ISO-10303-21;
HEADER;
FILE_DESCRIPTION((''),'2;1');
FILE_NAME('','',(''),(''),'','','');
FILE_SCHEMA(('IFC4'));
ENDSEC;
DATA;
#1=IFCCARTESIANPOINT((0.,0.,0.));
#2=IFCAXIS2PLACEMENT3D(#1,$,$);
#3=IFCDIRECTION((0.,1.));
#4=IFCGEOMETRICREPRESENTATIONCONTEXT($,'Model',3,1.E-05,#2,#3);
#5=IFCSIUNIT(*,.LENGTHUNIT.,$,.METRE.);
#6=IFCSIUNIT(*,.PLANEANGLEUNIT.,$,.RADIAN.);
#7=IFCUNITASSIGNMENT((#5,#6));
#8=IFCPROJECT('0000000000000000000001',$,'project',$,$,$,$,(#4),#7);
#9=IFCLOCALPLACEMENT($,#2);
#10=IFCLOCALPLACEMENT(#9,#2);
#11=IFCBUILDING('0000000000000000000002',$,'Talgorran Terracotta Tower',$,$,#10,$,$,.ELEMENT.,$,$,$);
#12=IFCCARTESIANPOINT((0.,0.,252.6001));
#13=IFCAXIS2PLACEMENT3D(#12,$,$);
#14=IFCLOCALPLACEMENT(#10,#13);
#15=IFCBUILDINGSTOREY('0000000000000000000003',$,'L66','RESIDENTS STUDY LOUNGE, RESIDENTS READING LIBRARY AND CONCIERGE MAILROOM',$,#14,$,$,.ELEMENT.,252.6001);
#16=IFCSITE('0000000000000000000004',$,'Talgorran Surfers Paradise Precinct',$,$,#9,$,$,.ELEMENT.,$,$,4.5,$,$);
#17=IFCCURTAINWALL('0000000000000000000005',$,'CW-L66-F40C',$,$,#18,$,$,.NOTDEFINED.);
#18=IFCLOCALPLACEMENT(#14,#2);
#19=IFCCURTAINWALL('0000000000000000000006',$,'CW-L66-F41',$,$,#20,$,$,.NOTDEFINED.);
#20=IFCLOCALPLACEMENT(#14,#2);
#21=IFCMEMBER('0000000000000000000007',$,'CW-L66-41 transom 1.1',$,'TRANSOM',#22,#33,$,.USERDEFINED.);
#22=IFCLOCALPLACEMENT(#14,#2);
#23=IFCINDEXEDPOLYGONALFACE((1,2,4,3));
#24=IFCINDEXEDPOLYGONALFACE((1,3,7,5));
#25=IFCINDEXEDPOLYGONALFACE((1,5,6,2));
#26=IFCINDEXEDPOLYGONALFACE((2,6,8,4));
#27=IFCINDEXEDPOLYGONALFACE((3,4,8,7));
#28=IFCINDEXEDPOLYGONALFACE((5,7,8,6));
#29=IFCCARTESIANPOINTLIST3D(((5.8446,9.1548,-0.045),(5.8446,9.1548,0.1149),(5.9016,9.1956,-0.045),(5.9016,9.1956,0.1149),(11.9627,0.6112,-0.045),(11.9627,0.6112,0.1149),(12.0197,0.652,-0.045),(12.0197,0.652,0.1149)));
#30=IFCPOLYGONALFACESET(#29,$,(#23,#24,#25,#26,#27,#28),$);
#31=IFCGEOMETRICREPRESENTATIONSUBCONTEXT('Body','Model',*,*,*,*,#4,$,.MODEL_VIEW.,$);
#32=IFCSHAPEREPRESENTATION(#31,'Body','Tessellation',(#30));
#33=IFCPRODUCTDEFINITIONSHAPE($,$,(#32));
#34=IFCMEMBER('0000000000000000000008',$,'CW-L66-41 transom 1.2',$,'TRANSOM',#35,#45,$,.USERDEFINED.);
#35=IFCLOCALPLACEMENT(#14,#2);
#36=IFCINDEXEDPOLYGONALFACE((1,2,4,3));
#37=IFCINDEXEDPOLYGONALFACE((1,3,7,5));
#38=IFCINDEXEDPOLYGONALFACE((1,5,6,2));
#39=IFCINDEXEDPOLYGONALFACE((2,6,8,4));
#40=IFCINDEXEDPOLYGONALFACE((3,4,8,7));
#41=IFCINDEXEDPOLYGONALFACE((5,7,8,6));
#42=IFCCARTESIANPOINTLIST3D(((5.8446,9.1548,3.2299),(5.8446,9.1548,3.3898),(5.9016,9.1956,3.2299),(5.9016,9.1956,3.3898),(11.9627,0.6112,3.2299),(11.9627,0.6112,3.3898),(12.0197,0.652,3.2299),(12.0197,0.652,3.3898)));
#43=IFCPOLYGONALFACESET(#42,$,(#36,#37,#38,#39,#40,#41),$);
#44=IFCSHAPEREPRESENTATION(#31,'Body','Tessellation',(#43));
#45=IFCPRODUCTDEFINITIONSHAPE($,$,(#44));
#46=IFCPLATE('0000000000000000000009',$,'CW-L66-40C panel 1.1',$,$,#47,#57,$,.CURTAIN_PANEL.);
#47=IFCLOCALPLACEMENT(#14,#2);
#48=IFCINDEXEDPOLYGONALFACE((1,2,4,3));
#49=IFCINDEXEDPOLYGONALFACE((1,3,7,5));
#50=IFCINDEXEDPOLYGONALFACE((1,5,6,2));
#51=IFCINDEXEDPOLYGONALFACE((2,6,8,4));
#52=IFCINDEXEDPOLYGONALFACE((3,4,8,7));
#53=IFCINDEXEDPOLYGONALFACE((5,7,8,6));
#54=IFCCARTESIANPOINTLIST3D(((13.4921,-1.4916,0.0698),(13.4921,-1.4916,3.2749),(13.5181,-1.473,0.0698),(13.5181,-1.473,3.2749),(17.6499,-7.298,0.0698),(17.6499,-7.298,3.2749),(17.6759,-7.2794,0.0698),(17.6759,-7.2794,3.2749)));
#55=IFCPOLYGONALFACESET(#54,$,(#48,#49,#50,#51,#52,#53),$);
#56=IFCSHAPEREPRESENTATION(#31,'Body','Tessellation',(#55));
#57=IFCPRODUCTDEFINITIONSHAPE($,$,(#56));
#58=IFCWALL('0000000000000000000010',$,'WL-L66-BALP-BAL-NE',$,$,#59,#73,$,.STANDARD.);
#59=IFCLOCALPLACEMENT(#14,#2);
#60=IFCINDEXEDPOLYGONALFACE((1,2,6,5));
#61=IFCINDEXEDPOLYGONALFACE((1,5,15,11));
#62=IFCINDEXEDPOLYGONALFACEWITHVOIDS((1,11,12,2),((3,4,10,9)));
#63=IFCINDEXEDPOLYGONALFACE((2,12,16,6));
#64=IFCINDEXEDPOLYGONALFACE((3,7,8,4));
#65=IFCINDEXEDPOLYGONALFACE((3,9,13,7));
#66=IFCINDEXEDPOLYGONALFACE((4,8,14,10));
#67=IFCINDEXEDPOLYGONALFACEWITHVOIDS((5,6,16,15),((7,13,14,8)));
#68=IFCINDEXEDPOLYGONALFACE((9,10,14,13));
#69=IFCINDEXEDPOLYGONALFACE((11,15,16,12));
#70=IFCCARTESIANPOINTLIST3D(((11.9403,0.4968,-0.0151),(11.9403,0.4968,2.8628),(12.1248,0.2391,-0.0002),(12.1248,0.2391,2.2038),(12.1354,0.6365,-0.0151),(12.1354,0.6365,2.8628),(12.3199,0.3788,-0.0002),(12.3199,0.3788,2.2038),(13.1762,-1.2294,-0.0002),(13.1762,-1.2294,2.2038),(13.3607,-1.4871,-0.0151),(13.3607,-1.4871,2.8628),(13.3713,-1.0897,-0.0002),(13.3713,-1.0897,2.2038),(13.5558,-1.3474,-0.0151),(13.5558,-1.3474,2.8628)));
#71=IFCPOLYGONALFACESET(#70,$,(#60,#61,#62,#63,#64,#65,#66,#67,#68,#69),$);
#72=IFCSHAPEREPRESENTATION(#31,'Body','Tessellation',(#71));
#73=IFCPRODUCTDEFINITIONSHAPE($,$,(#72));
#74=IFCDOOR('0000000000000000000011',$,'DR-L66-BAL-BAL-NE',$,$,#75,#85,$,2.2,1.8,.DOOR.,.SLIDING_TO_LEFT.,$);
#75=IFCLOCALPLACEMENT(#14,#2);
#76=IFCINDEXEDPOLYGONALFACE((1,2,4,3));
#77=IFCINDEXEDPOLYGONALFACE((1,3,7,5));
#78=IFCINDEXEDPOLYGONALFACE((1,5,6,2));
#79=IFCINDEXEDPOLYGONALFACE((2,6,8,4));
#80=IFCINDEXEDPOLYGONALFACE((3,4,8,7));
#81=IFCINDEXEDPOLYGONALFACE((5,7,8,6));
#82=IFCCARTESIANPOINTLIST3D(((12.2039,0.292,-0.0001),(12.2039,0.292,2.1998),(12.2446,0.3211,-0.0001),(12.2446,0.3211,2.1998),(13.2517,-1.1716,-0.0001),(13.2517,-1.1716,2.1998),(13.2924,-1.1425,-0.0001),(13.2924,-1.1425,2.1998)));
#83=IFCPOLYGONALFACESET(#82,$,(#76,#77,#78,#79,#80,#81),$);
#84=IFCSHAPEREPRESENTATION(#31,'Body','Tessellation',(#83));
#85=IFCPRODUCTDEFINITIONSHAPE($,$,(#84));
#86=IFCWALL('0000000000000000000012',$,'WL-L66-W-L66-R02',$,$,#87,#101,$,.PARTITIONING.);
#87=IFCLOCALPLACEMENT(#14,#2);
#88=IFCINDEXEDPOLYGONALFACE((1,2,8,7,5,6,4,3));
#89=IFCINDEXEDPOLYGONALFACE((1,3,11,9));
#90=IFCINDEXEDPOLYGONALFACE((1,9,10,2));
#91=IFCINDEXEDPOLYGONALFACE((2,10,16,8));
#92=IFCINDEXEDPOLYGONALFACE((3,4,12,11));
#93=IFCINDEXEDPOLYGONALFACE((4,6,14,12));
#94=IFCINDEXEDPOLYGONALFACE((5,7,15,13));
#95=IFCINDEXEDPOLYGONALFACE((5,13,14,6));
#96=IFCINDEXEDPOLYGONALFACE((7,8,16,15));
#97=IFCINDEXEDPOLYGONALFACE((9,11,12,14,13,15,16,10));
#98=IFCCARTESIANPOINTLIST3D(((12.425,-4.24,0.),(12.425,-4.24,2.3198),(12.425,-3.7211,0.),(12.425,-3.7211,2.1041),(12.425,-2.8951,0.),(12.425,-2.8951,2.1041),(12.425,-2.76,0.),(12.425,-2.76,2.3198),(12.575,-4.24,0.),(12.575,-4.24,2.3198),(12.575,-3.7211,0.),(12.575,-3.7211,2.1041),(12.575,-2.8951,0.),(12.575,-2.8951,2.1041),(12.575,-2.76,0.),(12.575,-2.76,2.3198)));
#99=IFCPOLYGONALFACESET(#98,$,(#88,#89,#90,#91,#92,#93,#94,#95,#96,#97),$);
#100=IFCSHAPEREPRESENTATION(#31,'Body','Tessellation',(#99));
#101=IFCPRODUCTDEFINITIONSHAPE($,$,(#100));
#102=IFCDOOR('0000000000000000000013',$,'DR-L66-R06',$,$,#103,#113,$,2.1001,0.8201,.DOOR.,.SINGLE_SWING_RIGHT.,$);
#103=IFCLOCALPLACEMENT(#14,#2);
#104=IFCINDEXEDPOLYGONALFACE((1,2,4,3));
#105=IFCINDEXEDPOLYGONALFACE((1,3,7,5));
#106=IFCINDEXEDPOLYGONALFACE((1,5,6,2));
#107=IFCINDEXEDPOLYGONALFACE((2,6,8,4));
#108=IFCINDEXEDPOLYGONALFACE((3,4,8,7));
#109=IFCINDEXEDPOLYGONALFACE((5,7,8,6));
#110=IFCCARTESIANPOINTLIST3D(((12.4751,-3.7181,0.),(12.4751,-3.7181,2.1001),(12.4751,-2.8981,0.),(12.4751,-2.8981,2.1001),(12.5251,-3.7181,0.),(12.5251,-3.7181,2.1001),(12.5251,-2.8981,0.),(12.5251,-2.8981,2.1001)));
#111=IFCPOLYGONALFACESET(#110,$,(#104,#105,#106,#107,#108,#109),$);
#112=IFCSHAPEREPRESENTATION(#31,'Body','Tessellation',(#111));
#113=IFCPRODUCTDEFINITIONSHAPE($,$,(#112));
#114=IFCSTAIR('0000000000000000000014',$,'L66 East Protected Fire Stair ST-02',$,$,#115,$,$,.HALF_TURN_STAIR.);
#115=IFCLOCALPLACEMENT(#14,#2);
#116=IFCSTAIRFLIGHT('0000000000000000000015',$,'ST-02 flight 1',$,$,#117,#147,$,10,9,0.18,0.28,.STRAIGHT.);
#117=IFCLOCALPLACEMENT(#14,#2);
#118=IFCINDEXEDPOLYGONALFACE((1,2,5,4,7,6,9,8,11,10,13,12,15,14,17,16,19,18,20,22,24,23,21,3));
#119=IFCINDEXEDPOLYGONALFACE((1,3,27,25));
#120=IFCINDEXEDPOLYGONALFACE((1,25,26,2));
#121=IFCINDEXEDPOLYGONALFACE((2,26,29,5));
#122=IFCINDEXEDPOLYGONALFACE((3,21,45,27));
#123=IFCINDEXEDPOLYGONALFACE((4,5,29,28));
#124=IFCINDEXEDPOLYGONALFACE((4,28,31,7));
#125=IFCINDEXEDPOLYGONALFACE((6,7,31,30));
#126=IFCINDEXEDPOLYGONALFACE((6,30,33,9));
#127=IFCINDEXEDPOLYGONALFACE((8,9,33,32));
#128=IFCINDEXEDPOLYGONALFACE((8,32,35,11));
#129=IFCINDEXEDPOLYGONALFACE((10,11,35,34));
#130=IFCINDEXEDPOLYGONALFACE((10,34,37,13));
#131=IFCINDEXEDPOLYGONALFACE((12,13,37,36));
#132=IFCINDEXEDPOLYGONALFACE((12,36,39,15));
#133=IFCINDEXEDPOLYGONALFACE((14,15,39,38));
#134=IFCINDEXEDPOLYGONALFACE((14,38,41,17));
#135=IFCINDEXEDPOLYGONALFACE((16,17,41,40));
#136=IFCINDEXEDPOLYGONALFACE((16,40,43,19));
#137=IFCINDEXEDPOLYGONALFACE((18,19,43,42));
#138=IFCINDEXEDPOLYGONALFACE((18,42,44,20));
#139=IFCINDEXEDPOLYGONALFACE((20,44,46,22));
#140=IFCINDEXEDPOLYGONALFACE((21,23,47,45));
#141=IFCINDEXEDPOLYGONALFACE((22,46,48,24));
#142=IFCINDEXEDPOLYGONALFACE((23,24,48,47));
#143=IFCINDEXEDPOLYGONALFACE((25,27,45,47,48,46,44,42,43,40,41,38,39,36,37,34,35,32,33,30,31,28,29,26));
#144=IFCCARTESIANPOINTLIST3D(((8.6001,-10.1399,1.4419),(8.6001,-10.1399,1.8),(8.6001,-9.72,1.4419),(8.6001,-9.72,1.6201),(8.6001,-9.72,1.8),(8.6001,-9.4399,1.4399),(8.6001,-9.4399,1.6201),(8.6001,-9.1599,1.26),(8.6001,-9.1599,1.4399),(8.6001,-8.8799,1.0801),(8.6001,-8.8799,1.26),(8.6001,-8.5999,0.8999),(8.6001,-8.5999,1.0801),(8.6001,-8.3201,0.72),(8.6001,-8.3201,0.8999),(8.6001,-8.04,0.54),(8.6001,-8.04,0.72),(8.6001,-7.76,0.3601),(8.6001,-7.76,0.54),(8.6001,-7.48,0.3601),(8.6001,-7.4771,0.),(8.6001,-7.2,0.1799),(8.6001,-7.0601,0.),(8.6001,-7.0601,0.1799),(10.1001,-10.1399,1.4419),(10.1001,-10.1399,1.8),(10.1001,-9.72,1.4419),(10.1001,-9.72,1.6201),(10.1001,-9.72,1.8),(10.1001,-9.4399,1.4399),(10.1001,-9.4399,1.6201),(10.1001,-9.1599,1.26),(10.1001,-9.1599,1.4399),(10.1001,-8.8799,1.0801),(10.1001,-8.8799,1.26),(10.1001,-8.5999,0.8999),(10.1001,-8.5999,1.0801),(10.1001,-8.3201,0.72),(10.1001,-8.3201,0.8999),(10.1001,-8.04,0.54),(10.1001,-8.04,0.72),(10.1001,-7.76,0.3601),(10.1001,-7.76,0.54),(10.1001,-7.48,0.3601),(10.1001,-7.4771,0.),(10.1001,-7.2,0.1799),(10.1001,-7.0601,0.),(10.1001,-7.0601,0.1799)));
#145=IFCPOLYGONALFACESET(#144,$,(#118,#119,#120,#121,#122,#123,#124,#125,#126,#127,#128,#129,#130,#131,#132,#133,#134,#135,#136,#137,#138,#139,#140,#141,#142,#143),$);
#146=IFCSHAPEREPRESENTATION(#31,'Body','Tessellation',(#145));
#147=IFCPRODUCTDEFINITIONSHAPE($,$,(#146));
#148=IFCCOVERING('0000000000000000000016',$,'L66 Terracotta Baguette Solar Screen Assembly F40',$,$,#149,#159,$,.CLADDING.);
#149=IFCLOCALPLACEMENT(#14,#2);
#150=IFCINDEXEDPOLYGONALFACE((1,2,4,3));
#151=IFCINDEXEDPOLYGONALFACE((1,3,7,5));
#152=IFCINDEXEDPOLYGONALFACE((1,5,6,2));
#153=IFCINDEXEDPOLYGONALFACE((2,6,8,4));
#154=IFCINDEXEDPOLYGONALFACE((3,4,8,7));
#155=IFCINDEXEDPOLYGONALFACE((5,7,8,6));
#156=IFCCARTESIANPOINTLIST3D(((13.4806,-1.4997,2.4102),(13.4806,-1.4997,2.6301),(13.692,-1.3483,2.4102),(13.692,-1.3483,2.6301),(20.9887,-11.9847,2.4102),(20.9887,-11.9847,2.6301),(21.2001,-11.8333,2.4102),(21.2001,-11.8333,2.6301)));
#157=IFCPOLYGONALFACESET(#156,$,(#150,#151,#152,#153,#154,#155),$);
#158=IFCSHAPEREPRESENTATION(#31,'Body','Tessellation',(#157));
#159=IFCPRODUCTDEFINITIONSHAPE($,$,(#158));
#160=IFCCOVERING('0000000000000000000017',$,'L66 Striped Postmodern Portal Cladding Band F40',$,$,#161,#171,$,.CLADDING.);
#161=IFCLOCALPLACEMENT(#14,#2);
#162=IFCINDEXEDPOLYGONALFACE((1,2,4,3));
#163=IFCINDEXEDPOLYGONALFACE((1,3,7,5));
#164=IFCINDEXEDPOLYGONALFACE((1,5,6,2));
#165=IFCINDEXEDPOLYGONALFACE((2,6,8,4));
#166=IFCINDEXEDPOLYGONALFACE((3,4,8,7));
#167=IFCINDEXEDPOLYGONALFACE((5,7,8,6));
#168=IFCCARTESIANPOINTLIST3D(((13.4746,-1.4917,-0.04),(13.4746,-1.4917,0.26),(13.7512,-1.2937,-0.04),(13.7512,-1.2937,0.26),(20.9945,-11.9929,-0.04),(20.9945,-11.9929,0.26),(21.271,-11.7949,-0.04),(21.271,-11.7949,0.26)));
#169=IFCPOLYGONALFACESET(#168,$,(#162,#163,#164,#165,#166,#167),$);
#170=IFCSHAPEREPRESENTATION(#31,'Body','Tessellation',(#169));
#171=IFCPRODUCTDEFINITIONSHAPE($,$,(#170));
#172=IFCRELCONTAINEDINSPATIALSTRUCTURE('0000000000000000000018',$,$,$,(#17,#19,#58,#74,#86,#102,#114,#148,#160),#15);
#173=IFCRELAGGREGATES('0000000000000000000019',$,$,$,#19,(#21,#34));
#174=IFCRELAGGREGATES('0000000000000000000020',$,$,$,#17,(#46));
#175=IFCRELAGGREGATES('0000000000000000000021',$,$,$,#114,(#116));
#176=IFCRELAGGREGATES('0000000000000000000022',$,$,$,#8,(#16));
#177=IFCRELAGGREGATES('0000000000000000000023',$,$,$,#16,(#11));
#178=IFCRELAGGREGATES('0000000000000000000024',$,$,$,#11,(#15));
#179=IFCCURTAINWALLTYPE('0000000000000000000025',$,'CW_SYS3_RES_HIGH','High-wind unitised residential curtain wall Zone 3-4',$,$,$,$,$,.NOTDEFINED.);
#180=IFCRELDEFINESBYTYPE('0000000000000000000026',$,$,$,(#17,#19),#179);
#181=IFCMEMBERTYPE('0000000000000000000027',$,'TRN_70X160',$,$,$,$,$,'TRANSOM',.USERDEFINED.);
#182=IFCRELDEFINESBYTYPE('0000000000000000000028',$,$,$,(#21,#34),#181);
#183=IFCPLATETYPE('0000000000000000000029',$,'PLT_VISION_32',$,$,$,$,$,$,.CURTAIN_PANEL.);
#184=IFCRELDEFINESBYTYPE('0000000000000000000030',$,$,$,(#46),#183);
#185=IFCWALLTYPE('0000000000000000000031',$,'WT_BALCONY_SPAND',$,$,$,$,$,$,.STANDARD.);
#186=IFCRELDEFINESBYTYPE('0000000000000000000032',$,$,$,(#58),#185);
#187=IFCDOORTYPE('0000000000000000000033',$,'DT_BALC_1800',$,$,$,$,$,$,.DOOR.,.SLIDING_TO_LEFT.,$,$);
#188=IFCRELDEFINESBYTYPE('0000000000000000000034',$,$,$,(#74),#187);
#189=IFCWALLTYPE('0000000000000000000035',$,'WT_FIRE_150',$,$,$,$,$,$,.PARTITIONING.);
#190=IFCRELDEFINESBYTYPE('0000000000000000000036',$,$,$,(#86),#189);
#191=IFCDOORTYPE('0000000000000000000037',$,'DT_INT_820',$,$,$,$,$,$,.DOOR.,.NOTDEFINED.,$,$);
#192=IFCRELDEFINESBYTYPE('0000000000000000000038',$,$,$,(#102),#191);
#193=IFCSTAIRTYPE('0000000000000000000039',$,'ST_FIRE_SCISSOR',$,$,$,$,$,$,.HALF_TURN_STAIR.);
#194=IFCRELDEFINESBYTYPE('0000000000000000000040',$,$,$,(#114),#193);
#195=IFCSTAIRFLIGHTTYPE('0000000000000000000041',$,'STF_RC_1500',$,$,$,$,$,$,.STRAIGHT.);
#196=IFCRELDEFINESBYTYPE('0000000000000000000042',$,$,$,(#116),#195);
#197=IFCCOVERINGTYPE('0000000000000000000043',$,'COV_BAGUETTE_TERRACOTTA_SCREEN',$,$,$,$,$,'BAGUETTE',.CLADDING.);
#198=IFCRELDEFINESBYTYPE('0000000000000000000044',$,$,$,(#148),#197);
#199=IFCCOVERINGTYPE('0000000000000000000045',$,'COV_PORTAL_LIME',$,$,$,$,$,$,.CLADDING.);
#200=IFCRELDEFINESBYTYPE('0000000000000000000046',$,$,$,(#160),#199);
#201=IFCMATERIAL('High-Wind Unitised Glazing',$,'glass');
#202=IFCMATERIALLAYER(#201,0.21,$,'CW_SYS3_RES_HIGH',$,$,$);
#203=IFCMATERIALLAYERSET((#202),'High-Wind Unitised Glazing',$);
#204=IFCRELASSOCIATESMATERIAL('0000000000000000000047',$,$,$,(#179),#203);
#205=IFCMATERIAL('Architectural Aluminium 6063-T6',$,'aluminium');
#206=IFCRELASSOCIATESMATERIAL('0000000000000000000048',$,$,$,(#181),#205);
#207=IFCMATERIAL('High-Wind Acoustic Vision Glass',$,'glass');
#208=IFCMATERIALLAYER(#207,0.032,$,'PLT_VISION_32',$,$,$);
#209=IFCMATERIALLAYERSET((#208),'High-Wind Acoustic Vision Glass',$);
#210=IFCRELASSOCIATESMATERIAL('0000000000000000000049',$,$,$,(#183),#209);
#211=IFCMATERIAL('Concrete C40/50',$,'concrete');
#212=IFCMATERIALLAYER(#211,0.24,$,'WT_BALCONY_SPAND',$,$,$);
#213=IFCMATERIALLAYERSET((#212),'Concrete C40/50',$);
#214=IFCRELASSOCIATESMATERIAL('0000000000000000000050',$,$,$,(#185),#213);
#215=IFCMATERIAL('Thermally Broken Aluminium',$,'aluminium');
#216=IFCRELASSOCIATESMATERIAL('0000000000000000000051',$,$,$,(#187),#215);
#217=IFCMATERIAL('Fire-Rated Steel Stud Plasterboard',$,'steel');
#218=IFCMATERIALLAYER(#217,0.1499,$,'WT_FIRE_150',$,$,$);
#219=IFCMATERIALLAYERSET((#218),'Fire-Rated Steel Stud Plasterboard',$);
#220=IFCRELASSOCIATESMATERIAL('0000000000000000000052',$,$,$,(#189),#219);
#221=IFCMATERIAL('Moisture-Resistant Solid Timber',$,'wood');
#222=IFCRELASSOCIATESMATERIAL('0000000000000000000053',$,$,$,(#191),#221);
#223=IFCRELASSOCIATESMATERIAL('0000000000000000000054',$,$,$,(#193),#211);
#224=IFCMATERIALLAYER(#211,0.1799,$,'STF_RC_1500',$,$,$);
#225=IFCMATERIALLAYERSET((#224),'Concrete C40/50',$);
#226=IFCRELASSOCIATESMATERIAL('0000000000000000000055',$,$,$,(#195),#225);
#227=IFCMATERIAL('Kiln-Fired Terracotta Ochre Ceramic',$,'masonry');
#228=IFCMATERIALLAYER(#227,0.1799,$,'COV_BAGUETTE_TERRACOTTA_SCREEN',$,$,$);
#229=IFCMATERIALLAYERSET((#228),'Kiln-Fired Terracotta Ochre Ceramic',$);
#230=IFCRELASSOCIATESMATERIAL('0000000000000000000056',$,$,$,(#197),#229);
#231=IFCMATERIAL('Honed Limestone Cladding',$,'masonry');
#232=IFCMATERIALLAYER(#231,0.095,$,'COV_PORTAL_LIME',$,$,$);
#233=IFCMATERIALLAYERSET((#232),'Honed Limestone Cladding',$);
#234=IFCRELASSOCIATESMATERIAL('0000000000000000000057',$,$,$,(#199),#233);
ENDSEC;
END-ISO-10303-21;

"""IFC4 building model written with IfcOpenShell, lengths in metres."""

from ifc_helpers import new_model, si_unit, direction, frame, frame_2d, origin, origin_2d, place, context, subcontext, project, spatial, polyline, rectangle, outline, extrude, source, transform, mapped, material, layer, layer_set, material_profile, profile_set, type_object, type_shapes, element, fill, aggregate, save


model = new_model("IFC4")

# Units and contexts
model_context = context("Model", 3, precision=1e-05, world=origin(), true_north=direction((0.0, 1.0)))
body_context = subcontext(model_context, "Body", "Model", "MODEL_VIEW")
ifc_project = project(units=[si_unit("LENGTHUNIT", "METRE"), si_unit("PLANEANGLEUNIT", "RADIAN")], contexts=[model_context])

# Site, building, storey
site_placement = place(None, origin())
site = spatial("IfcSite", under=ifc_project, at=site_placement, Name="Talgorran Surfers Paradise Precinct", CompositionType="ELEMENT", RefElevation=4.5)
building_placement = place(site_placement, origin())
building = spatial("IfcBuilding", under=site, at=building_placement, Name="Talgorran Terracotta Tower", CompositionType="ELEMENT")
storey_placement = place(building_placement, frame((0.0, 0.0, 252.6001)))
storey = spatial("IfcBuildingStorey", under=building, at=storey_placement, Name="L66", Description="RESIDENTS STUDY LOUNGE, RESIDENTS READING LIBRARY AND CONCIERGE MAILROOM", CompositionType="ELEMENT", Elevation=252.6001)

# Curtain walls
ifc_material_1 = material(Name="High-Wind Unitised Glazing", Category="glass")
ifc_layer_1 = layer(ifc_material_1, 0.21, Name="CW_SYS3_RES_HIGH")
ifc_layer_set_1 = layer_set([ifc_layer_1], Name="High-Wind Unitised Glazing")
curtain_wall_type = type_object("IfcCurtainWallType", Name="CW_SYS3_RES_HIGH", Description="High-wind unitised residential curtain wall Zone 3-4", PredefinedType="NOTDEFINED", material=ifc_layer_set_1)
curtain_wall_1_placement = place(storey_placement, origin())
curtain_wall_1 = element("IfcCurtainWall", 1, at=curtain_wall_1_placement, inside=storey, type_object=curtain_wall_type, Name="CW-L66-F40C", PredefinedType="NOTDEFINED")
ifc_material_2 = material(Name="Architectural Aluminium 6063-T6", Category="aluminium")
curtain_wall_2_placement = place(storey_placement, origin())
curtain_wall_2 = element("IfcCurtainWall", 2, at=curtain_wall_2_placement, inside=storey, type_object=curtain_wall_type, Name="CW-L66-F41", PredefinedType="NOTDEFINED")

# Members
ifc_material_profile_1 = material_profile(ifc_material_2, rectangle(XDim=0.0701, YDim=0.1599, at=origin_2d()), Name="CWT70X160")
ifc_profile_set_1 = profile_set([ifc_material_profile_1], Name="Architectural Aluminium 6063-T6")
member_type_1 = type_object("IfcMemberType", Name="TRN_70X160", ElementType="TRANSOM", PredefinedType="USERDEFINED", material=ifc_profile_set_1)
member_1_placement = place(storey_placement, frame((11.9912, 0.6316, 0.0349), z_axis=(-0.582216, 0.813034, 0.0), x_axis=(-0.813034, -0.582216, 0.0)))
member_1 = element("IfcMember", 3, at=member_1_placement, type_object=member_type_1, Name="CW-L66-41 transom 1.1", ObjectType="TRANSOM", PredefinedType="USERDEFINED", context=body_context, shape_type="SweptSolid", body=[
    extrude(rectangle(XDim=0.0701, YDim=0.1599, at=origin_2d()), origin(), (0.0, 0.0, 1.0), 10.5083),
])
member_2_placement = place(storey_placement, frame((11.9912, 0.6316, 3.3098), z_axis=(-0.582216, 0.813034, 0.0), x_axis=(-0.813034, -0.582216, 0.0)))
member_2 = element("IfcMember", 4, at=member_2_placement, type_object=member_type_1, Name="CW-L66-41 transom 1.2", ObjectType="TRANSOM", PredefinedType="USERDEFINED", context=body_context, shape_type="SweptSolid", body=[
    extrude(rectangle(XDim=0.0701, YDim=0.1599, at=origin_2d()), origin(), (0.0, 0.0, 1.0), 10.5083),
])
aggregate(curtain_wall_2, [member_1, member_2])

# Plate
ifc_material_3 = material(Name="High-Wind Acoustic Vision Glass", Category="glass")
ifc_layer_2 = layer(ifc_material_3, 0.032, Name="PLT_VISION_32")
ifc_layer_set_2 = layer_set([ifc_layer_2], Name="High-Wind Acoustic Vision Glass")
plate_type = type_object("IfcPlateType", Name="PLT_VISION_32", PredefinedType="CURTAIN_PANEL", material=ifc_layer_set_2)
shared_shape = source(origin(), body_context, "Body", "SweptSolid", [
    extrude(rectangle(XDim=7.1416, YDim=0.032, at=origin_2d()), origin(), (0.0, 0.0, 1.0), 3.2051),
])
type_shapes(plate_type, [shared_shape])
plate_placement = place(storey_placement, frame((15.584, -4.3855, 0.0698), z_axis=(0.0, 0.0, 1.0), x_axis=(-0.582203, 0.813043, 0.0)))
plate = element("IfcPlate", 5, at=plate_placement, type_object=plate_type, Name="CW-L66-40C panel 1.1", PredefinedType="CURTAIN_PANEL", context=body_context, shape_type="MappedRepresentation", body=[
    mapped(shared_shape, transform((0.0, 0.0, 0.0), scale=1.0)),
])
aggregate(curtain_wall_1, [plate])

# Walls, openings, doors
ifc_material_4 = material(Name="Concrete C40/50", Category="concrete")
ifc_layer_3 = layer(ifc_material_4, 0.24, Name="WT_BALCONY_SPAND")
ifc_layer_set_3 = layer_set([ifc_layer_3], Name="Concrete C40/50")
wall_type_1 = type_object("IfcWallType", Name="WT_BALCONY_SPAND", PredefinedType="STANDARD", material=ifc_layer_set_3)
wall_1_placement = place(storey_placement, frame((13.4583, -1.4172, -0.0151), z_axis=(0.0, 0.0, 1.0), x_axis=(-0.582146, 0.813084, 0.0)))
wall_1 = element("IfcWall", 6, at=wall_1_placement, inside=storey, type_object=wall_type_1, Name="WL-L66-BALP-BAL-NE", PredefinedType="STANDARD", context=body_context, shape_type="SweptSolid", body=[
    extrude(rectangle(XDim=2.4399, YDim=0.24, at=frame_2d((1.22, 0.0))), origin(), (0.0, 0.0, 1.0), 2.8779),
])
opening_1_placement = place(wall_1_placement, frame((0.3201, 0.0, 0.0149)))
opening_1 = element("IfcOpeningElement", 7, at=opening_1_placement, cuts=wall_1, PredefinedType="OPENING", context=body_context, shape_type="SweptSolid", body=[
    extrude(rectangle(XDim=1.806, YDim=2.204, at=frame_2d((0.8999, 1.1021))), frame((0.0, 0.1299, 0.0), z_axis=(0.0, -1.0, 0.0), x_axis=(1.0, 0.0, 0.0)), (0.0, 0.0, 1.0), 0.26),
])
ifc_material_5 = material(Name="Thermally Broken Aluminium", Category="aluminium")
door_type_1 = type_object("IfcDoorType", Name="DT_BALC_1800", OperationType="SLIDING_TO_LEFT", PredefinedType="DOOR", material=ifc_material_5)
door_1_placement = place(opening_1_placement, origin())
door_1 = element("IfcDoor", 8, at=door_1_placement, inside=storey, type_object=door_type_1, Name="DR-L66-BAL-BAL-NE", OperationType="SLIDING_TO_LEFT", OverallHeight=2.2, OverallWidth=1.8, PredefinedType="DOOR", context=body_context, shape_type="SweptSolid", body=[
    extrude(rectangle(XDim=1.8, YDim=2.2, at=frame_2d((0.8999, 1.1001))), frame((0.0, 0.0249, 0.0), z_axis=(0.0, -1.0, 0.0), x_axis=(1.0, 0.0, 0.0)), (0.0, 0.0, 1.0), 0.05),
])
fill(opening_1, door_1)
ifc_material_6 = material(Name="Fire-Rated Steel Stud Plasterboard", Category="steel")
ifc_layer_4 = layer(ifc_material_6, 0.1499, Name="WT_FIRE_150")
ifc_layer_set_4 = layer_set([ifc_layer_4], Name="Fire-Rated Steel Stud Plasterboard")
wall_type_2 = type_object("IfcWallType", Name="WT_FIRE_150", PredefinedType="PARTITIONING", material=ifc_layer_set_4)
wall_2_placement = place(storey_placement, frame((12.5, -4.24, 0.0), z_axis=(0.0, 0.0, 1.0), x_axis=(0.0, 1.0, 0.0)))
wall_2 = element("IfcWall", 9, at=wall_2_placement, inside=storey, type_object=wall_type_2, Name="WL-L66-W-L66-R02", PredefinedType="PARTITIONING", context=body_context, shape_type="SweptSolid", body=[
    extrude(rectangle(XDim=1.48, YDim=0.1499, at=frame_2d((0.74, 0.0))), origin(), (0.0, 0.0, 1.0), 2.3198),
])
opening_2_placement = place(wall_2_placement, frame((0.5217, 0.0, 0.0)))
opening_2 = element("IfcOpeningElement", 10, at=opening_2_placement, cuts=wall_2, PredefinedType="OPENING", context=body_context, shape_type="SweptSolid", body=[
    extrude(rectangle(XDim=0.8261, YDim=2.1041, at=frame_2d((0.4102, 1.052))), frame((0.0, 0.085, 0.0), z_axis=(0.0, -1.0, 0.0), x_axis=(1.0, 0.0, 0.0)), (0.0, 0.0, 1.0), 0.1699),
])
ifc_material_7 = material(Name="Moisture-Resistant Solid Timber", Category="wood")
door_type_2 = type_object("IfcDoorType", Name="DT_INT_820", OperationType="NOTDEFINED", PredefinedType="DOOR", material=ifc_material_7)
door_2_placement = place(opening_2_placement, origin())
door_2 = element("IfcDoor", 11, at=door_2_placement, inside=storey, type_object=door_type_2, Name="DR-L66-R06", OperationType="SINGLE_SWING_RIGHT", OverallHeight=2.1001, OverallWidth=0.8201, PredefinedType="DOOR", context=body_context, shape_type="SweptSolid", body=[
    extrude(rectangle(XDim=0.8201, YDim=2.1001, at=frame_2d((0.4102, 1.05))), frame((0.0, 0.0249, 0.0), z_axis=(0.0, -1.0, 0.0), x_axis=(1.0, 0.0, 0.0)), (0.0, 0.0, 1.0), 0.05),
])
fill(opening_2, door_2)

# Stair, stair flight
stair_type = type_object("IfcStairType", Name="ST_FIRE_SCISSOR", PredefinedType="HALF_TURN_STAIR", material=ifc_material_4)
stair_placement = place(storey_placement, origin())
stair = element("IfcStair", 12, at=stair_placement, inside=storey, type_object=stair_type, Name="L66 East Protected Fire Stair ST-02", PredefinedType="HALF_TURN_STAIR")
ifc_layer_5 = layer(ifc_material_4, 0.1799, Name="STF_RC_1500")
ifc_layer_set_5 = layer_set([ifc_layer_5], Name="Concrete C40/50")
stair_flight_type = type_object("IfcStairFlightType", Name="STF_RC_1500", PredefinedType="STRAIGHT", material=ifc_layer_set_5)
stair_flight_placement = place(storey_placement, frame((9.3501, -7.2, 0.0), z_axis=(0.0, 0.0, 1.0), x_axis=(0.0, -1.0, 0.0)))
stair_flight = element("IfcStairFlight", 13, at=stair_flight_placement, type_object=stair_flight_type, Name="ST-02 flight 1", NumberOfRisers=10, NumberOfTreads=9, PredefinedType="STRAIGHT", RiserHeight=0.18, TreadLength=0.28, context=body_context, shape_type="SweptSolid", body=[
    extrude(outline(polyline([(-0.1399, 0.0), (-0.1399, 0.1799), (0.0, 0.1799), (0.28, 0.3601), (0.5601, 0.3601), (0.5601, 0.54), (0.8401, 0.54), (0.8401, 0.72), (1.1201, 0.72), (1.1201, 0.8999), (1.3999, 0.8999), (1.3999, 1.0801), (1.6799, 1.0801), (1.6799, 1.26), (1.96, 1.26), (1.96, 1.4399), (2.24, 1.4399), (2.24, 1.6201), (2.52, 1.6201), (2.52, 1.8), (2.9399, 1.8), (2.9399, 1.4419), (2.52, 1.4419), (0.2771, 0.0), (-0.1399, 0.0)])), frame((0.0, 0.75, 0.0), z_axis=(0.0, -1.0, 0.0), x_axis=(1.0, 0.0, 0.0)), (0.0, 0.0, 1.0), 1.5),
])
aggregate(stair, [stair_flight])

# Coverings
ifc_material_8 = material(Name="Kiln-Fired Terracotta Ochre Ceramic", Category="masonry")
ifc_layer_6 = layer(ifc_material_8, 0.1799, Name="COV_BAGUETTE_TERRACOTTA_SCREEN")
ifc_layer_set_6 = layer_set([ifc_layer_6], Name="Kiln-Fired Terracotta Ochre Ceramic")
covering_type_1 = type_object("IfcCoveringType", Name="COV_BAGUETTE_TERRACOTTA_SCREEN", ElementType="BAGUETTE", PredefinedType="CLADDING", material=ifc_layer_set_6)
covering_1_placement = place(storey_placement, frame((17.3403, -6.6665, 2.4102), z_axis=(0.0, 0.0, 1.0), x_axis=(-0.582208, 0.81304, 0.0)))
element("IfcCovering", 14, at=covering_1_placement, inside=storey, type_object=covering_type_1, Name="L66 Terracotta Baguette Solar Screen Assembly F40", PredefinedType="CLADDING", context=body_context, shape_type="SweptSolid", body=[
    extrude(rectangle(XDim=12.896, YDim=0.26, at=origin_2d()), origin(), (0.0, 0.0, 1.0), 0.22),
])
ifc_material_9 = material(Name="Honed Limestone Cladding", Category="masonry")
ifc_layer_7 = layer(ifc_material_9, 0.095, Name="COV_PORTAL_LIME")
ifc_layer_set_7 = layer_set([ifc_layer_7], Name="Honed Limestone Cladding")
covering_type_2 = type_object("IfcCoveringType", Name="COV_PORTAL_LIME", PredefinedType="CLADDING", material=ifc_layer_set_7)
covering_2_placement = place(storey_placement, frame((17.3728, -6.6433, -0.04), z_axis=(0.0, 0.0, 1.0), x_axis=(-0.582208, 0.81304, 0.0)))
element("IfcCovering", 15, at=covering_2_placement, inside=storey, type_object=covering_type_2, Name="L66 Striped Postmodern Portal Cladding Band F40", PredefinedType="CLADDING", context=body_context, shape_type="SweptSolid", body=[
    extrude(rectangle(XDim=12.916, YDim=0.3401, at=origin_2d()), origin(), (0.0, 0.0, 1.0), 0.3),
])

save(model, "model.ifc")
